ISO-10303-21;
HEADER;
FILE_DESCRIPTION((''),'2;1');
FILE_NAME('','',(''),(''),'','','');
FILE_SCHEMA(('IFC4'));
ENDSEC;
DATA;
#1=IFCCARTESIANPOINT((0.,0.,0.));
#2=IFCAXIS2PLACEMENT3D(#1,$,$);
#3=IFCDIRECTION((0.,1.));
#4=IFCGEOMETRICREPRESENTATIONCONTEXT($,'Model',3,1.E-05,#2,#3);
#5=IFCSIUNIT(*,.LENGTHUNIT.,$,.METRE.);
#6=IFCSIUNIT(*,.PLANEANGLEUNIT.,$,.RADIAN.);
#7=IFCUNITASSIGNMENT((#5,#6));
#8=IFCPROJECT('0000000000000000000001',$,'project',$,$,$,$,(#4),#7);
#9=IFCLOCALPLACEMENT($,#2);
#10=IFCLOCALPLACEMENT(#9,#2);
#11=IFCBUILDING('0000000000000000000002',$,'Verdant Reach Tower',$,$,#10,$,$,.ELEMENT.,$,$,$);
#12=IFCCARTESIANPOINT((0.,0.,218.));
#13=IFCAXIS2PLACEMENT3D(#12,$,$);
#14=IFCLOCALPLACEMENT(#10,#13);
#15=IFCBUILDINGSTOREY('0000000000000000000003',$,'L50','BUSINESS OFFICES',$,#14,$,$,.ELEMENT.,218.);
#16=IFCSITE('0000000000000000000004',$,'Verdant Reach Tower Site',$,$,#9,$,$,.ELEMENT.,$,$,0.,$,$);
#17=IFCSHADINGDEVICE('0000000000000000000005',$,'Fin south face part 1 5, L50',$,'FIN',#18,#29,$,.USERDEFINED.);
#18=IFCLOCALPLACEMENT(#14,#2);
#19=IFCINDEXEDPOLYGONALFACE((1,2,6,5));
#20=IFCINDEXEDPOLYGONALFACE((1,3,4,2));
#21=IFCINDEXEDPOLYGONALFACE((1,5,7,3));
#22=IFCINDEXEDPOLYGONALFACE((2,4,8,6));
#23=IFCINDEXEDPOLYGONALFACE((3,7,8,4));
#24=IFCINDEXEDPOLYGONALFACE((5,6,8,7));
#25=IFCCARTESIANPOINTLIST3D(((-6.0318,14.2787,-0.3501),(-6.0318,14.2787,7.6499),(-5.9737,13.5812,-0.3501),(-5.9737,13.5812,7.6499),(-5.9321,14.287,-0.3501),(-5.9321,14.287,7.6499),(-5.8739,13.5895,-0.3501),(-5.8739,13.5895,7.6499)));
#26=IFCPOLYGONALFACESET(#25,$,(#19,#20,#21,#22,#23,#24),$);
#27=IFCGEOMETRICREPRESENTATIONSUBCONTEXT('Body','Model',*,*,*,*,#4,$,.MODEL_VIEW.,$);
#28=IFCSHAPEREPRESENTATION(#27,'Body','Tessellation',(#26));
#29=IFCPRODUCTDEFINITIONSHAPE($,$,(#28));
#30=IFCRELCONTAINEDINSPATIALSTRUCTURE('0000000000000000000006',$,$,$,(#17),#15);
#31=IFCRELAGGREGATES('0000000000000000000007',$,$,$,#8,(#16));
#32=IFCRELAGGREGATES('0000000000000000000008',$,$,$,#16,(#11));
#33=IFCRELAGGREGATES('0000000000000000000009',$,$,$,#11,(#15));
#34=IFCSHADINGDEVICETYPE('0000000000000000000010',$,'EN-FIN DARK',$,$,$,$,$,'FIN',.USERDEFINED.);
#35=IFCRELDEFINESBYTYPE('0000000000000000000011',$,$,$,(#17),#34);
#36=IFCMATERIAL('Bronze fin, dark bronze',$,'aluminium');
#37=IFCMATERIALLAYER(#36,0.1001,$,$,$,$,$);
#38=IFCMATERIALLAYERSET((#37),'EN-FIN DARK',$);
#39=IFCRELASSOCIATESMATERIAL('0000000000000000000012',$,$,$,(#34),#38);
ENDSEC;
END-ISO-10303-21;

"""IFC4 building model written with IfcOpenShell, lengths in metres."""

from ifc_helpers import new_model, si_unit, direction, frame, origin, origin_2d, place, context, subcontext, project, spatial, rectangle, extrude, material, layer, layer_set, type_object, element, save


model = new_model("IFC4")

# Units and contexts
model_context = context("Model", 3, precision=1e-05, world=origin(), true_north=direction((0.0, 1.0)))
body_context = subcontext(model_context, "Body", "Model", "MODEL_VIEW")
ifc_project = project(units=[si_unit("LENGTHUNIT", "METRE"), si_unit("PLANEANGLEUNIT", "RADIAN")], contexts=[model_context])

# Site, building, storey
site_placement = place(None, origin())
site = spatial("IfcSite", under=ifc_project, at=site_placement, Name="Verdant Reach Tower Site", CompositionType="ELEMENT", RefElevation=0.0)
building_placement = place(site_placement, origin())
building = spatial("IfcBuilding", under=site, at=building_placement, Name="Verdant Reach Tower", CompositionType="ELEMENT")
storey_placement = place(building_placement, frame((0.0, 0.0, 218.0)))
storey = spatial("IfcBuildingStorey", under=building, at=storey_placement, Name="L50", Description="BUSINESS OFFICES", CompositionType="ELEMENT", Elevation=218.0)

# Shading device
ifc_material_1 = material(Name="Bronze fin, dark bronze", Category="aluminium")
ifc_layer_1 = layer(ifc_material_1, 0.1001)
ifc_layer_set_1 = layer_set([ifc_layer_1], Name="EN-FIN DARK")
shading_device_type_1 = type_object("IfcShadingDeviceType", Name="EN-FIN DARK", ElementType="FIN", PredefinedType="USERDEFINED", material=ifc_layer_set_1)
shading_device_1_placement = place(storey_placement, frame((-5.9529, 13.9341, -0.3501), z_axis=(0.0, 0.0, 1.0), x_axis=(0.996546, 0.083045, 0.0)))
element("IfcShadingDevice", 1, at=shading_device_1_placement, inside=storey, type_object=shading_device_type_1, Name="Fin south face part 1 5, L50", ObjectType="FIN", PredefinedType="USERDEFINED", context=body_context, shape_type="SweptSolid", body=[
    extrude(rectangle(XDim=0.1001, YDim=0.7, at=origin_2d()), origin(), (0.0, 0.0, 1.0), 8.0),
])

save(model, "model.ifc")
